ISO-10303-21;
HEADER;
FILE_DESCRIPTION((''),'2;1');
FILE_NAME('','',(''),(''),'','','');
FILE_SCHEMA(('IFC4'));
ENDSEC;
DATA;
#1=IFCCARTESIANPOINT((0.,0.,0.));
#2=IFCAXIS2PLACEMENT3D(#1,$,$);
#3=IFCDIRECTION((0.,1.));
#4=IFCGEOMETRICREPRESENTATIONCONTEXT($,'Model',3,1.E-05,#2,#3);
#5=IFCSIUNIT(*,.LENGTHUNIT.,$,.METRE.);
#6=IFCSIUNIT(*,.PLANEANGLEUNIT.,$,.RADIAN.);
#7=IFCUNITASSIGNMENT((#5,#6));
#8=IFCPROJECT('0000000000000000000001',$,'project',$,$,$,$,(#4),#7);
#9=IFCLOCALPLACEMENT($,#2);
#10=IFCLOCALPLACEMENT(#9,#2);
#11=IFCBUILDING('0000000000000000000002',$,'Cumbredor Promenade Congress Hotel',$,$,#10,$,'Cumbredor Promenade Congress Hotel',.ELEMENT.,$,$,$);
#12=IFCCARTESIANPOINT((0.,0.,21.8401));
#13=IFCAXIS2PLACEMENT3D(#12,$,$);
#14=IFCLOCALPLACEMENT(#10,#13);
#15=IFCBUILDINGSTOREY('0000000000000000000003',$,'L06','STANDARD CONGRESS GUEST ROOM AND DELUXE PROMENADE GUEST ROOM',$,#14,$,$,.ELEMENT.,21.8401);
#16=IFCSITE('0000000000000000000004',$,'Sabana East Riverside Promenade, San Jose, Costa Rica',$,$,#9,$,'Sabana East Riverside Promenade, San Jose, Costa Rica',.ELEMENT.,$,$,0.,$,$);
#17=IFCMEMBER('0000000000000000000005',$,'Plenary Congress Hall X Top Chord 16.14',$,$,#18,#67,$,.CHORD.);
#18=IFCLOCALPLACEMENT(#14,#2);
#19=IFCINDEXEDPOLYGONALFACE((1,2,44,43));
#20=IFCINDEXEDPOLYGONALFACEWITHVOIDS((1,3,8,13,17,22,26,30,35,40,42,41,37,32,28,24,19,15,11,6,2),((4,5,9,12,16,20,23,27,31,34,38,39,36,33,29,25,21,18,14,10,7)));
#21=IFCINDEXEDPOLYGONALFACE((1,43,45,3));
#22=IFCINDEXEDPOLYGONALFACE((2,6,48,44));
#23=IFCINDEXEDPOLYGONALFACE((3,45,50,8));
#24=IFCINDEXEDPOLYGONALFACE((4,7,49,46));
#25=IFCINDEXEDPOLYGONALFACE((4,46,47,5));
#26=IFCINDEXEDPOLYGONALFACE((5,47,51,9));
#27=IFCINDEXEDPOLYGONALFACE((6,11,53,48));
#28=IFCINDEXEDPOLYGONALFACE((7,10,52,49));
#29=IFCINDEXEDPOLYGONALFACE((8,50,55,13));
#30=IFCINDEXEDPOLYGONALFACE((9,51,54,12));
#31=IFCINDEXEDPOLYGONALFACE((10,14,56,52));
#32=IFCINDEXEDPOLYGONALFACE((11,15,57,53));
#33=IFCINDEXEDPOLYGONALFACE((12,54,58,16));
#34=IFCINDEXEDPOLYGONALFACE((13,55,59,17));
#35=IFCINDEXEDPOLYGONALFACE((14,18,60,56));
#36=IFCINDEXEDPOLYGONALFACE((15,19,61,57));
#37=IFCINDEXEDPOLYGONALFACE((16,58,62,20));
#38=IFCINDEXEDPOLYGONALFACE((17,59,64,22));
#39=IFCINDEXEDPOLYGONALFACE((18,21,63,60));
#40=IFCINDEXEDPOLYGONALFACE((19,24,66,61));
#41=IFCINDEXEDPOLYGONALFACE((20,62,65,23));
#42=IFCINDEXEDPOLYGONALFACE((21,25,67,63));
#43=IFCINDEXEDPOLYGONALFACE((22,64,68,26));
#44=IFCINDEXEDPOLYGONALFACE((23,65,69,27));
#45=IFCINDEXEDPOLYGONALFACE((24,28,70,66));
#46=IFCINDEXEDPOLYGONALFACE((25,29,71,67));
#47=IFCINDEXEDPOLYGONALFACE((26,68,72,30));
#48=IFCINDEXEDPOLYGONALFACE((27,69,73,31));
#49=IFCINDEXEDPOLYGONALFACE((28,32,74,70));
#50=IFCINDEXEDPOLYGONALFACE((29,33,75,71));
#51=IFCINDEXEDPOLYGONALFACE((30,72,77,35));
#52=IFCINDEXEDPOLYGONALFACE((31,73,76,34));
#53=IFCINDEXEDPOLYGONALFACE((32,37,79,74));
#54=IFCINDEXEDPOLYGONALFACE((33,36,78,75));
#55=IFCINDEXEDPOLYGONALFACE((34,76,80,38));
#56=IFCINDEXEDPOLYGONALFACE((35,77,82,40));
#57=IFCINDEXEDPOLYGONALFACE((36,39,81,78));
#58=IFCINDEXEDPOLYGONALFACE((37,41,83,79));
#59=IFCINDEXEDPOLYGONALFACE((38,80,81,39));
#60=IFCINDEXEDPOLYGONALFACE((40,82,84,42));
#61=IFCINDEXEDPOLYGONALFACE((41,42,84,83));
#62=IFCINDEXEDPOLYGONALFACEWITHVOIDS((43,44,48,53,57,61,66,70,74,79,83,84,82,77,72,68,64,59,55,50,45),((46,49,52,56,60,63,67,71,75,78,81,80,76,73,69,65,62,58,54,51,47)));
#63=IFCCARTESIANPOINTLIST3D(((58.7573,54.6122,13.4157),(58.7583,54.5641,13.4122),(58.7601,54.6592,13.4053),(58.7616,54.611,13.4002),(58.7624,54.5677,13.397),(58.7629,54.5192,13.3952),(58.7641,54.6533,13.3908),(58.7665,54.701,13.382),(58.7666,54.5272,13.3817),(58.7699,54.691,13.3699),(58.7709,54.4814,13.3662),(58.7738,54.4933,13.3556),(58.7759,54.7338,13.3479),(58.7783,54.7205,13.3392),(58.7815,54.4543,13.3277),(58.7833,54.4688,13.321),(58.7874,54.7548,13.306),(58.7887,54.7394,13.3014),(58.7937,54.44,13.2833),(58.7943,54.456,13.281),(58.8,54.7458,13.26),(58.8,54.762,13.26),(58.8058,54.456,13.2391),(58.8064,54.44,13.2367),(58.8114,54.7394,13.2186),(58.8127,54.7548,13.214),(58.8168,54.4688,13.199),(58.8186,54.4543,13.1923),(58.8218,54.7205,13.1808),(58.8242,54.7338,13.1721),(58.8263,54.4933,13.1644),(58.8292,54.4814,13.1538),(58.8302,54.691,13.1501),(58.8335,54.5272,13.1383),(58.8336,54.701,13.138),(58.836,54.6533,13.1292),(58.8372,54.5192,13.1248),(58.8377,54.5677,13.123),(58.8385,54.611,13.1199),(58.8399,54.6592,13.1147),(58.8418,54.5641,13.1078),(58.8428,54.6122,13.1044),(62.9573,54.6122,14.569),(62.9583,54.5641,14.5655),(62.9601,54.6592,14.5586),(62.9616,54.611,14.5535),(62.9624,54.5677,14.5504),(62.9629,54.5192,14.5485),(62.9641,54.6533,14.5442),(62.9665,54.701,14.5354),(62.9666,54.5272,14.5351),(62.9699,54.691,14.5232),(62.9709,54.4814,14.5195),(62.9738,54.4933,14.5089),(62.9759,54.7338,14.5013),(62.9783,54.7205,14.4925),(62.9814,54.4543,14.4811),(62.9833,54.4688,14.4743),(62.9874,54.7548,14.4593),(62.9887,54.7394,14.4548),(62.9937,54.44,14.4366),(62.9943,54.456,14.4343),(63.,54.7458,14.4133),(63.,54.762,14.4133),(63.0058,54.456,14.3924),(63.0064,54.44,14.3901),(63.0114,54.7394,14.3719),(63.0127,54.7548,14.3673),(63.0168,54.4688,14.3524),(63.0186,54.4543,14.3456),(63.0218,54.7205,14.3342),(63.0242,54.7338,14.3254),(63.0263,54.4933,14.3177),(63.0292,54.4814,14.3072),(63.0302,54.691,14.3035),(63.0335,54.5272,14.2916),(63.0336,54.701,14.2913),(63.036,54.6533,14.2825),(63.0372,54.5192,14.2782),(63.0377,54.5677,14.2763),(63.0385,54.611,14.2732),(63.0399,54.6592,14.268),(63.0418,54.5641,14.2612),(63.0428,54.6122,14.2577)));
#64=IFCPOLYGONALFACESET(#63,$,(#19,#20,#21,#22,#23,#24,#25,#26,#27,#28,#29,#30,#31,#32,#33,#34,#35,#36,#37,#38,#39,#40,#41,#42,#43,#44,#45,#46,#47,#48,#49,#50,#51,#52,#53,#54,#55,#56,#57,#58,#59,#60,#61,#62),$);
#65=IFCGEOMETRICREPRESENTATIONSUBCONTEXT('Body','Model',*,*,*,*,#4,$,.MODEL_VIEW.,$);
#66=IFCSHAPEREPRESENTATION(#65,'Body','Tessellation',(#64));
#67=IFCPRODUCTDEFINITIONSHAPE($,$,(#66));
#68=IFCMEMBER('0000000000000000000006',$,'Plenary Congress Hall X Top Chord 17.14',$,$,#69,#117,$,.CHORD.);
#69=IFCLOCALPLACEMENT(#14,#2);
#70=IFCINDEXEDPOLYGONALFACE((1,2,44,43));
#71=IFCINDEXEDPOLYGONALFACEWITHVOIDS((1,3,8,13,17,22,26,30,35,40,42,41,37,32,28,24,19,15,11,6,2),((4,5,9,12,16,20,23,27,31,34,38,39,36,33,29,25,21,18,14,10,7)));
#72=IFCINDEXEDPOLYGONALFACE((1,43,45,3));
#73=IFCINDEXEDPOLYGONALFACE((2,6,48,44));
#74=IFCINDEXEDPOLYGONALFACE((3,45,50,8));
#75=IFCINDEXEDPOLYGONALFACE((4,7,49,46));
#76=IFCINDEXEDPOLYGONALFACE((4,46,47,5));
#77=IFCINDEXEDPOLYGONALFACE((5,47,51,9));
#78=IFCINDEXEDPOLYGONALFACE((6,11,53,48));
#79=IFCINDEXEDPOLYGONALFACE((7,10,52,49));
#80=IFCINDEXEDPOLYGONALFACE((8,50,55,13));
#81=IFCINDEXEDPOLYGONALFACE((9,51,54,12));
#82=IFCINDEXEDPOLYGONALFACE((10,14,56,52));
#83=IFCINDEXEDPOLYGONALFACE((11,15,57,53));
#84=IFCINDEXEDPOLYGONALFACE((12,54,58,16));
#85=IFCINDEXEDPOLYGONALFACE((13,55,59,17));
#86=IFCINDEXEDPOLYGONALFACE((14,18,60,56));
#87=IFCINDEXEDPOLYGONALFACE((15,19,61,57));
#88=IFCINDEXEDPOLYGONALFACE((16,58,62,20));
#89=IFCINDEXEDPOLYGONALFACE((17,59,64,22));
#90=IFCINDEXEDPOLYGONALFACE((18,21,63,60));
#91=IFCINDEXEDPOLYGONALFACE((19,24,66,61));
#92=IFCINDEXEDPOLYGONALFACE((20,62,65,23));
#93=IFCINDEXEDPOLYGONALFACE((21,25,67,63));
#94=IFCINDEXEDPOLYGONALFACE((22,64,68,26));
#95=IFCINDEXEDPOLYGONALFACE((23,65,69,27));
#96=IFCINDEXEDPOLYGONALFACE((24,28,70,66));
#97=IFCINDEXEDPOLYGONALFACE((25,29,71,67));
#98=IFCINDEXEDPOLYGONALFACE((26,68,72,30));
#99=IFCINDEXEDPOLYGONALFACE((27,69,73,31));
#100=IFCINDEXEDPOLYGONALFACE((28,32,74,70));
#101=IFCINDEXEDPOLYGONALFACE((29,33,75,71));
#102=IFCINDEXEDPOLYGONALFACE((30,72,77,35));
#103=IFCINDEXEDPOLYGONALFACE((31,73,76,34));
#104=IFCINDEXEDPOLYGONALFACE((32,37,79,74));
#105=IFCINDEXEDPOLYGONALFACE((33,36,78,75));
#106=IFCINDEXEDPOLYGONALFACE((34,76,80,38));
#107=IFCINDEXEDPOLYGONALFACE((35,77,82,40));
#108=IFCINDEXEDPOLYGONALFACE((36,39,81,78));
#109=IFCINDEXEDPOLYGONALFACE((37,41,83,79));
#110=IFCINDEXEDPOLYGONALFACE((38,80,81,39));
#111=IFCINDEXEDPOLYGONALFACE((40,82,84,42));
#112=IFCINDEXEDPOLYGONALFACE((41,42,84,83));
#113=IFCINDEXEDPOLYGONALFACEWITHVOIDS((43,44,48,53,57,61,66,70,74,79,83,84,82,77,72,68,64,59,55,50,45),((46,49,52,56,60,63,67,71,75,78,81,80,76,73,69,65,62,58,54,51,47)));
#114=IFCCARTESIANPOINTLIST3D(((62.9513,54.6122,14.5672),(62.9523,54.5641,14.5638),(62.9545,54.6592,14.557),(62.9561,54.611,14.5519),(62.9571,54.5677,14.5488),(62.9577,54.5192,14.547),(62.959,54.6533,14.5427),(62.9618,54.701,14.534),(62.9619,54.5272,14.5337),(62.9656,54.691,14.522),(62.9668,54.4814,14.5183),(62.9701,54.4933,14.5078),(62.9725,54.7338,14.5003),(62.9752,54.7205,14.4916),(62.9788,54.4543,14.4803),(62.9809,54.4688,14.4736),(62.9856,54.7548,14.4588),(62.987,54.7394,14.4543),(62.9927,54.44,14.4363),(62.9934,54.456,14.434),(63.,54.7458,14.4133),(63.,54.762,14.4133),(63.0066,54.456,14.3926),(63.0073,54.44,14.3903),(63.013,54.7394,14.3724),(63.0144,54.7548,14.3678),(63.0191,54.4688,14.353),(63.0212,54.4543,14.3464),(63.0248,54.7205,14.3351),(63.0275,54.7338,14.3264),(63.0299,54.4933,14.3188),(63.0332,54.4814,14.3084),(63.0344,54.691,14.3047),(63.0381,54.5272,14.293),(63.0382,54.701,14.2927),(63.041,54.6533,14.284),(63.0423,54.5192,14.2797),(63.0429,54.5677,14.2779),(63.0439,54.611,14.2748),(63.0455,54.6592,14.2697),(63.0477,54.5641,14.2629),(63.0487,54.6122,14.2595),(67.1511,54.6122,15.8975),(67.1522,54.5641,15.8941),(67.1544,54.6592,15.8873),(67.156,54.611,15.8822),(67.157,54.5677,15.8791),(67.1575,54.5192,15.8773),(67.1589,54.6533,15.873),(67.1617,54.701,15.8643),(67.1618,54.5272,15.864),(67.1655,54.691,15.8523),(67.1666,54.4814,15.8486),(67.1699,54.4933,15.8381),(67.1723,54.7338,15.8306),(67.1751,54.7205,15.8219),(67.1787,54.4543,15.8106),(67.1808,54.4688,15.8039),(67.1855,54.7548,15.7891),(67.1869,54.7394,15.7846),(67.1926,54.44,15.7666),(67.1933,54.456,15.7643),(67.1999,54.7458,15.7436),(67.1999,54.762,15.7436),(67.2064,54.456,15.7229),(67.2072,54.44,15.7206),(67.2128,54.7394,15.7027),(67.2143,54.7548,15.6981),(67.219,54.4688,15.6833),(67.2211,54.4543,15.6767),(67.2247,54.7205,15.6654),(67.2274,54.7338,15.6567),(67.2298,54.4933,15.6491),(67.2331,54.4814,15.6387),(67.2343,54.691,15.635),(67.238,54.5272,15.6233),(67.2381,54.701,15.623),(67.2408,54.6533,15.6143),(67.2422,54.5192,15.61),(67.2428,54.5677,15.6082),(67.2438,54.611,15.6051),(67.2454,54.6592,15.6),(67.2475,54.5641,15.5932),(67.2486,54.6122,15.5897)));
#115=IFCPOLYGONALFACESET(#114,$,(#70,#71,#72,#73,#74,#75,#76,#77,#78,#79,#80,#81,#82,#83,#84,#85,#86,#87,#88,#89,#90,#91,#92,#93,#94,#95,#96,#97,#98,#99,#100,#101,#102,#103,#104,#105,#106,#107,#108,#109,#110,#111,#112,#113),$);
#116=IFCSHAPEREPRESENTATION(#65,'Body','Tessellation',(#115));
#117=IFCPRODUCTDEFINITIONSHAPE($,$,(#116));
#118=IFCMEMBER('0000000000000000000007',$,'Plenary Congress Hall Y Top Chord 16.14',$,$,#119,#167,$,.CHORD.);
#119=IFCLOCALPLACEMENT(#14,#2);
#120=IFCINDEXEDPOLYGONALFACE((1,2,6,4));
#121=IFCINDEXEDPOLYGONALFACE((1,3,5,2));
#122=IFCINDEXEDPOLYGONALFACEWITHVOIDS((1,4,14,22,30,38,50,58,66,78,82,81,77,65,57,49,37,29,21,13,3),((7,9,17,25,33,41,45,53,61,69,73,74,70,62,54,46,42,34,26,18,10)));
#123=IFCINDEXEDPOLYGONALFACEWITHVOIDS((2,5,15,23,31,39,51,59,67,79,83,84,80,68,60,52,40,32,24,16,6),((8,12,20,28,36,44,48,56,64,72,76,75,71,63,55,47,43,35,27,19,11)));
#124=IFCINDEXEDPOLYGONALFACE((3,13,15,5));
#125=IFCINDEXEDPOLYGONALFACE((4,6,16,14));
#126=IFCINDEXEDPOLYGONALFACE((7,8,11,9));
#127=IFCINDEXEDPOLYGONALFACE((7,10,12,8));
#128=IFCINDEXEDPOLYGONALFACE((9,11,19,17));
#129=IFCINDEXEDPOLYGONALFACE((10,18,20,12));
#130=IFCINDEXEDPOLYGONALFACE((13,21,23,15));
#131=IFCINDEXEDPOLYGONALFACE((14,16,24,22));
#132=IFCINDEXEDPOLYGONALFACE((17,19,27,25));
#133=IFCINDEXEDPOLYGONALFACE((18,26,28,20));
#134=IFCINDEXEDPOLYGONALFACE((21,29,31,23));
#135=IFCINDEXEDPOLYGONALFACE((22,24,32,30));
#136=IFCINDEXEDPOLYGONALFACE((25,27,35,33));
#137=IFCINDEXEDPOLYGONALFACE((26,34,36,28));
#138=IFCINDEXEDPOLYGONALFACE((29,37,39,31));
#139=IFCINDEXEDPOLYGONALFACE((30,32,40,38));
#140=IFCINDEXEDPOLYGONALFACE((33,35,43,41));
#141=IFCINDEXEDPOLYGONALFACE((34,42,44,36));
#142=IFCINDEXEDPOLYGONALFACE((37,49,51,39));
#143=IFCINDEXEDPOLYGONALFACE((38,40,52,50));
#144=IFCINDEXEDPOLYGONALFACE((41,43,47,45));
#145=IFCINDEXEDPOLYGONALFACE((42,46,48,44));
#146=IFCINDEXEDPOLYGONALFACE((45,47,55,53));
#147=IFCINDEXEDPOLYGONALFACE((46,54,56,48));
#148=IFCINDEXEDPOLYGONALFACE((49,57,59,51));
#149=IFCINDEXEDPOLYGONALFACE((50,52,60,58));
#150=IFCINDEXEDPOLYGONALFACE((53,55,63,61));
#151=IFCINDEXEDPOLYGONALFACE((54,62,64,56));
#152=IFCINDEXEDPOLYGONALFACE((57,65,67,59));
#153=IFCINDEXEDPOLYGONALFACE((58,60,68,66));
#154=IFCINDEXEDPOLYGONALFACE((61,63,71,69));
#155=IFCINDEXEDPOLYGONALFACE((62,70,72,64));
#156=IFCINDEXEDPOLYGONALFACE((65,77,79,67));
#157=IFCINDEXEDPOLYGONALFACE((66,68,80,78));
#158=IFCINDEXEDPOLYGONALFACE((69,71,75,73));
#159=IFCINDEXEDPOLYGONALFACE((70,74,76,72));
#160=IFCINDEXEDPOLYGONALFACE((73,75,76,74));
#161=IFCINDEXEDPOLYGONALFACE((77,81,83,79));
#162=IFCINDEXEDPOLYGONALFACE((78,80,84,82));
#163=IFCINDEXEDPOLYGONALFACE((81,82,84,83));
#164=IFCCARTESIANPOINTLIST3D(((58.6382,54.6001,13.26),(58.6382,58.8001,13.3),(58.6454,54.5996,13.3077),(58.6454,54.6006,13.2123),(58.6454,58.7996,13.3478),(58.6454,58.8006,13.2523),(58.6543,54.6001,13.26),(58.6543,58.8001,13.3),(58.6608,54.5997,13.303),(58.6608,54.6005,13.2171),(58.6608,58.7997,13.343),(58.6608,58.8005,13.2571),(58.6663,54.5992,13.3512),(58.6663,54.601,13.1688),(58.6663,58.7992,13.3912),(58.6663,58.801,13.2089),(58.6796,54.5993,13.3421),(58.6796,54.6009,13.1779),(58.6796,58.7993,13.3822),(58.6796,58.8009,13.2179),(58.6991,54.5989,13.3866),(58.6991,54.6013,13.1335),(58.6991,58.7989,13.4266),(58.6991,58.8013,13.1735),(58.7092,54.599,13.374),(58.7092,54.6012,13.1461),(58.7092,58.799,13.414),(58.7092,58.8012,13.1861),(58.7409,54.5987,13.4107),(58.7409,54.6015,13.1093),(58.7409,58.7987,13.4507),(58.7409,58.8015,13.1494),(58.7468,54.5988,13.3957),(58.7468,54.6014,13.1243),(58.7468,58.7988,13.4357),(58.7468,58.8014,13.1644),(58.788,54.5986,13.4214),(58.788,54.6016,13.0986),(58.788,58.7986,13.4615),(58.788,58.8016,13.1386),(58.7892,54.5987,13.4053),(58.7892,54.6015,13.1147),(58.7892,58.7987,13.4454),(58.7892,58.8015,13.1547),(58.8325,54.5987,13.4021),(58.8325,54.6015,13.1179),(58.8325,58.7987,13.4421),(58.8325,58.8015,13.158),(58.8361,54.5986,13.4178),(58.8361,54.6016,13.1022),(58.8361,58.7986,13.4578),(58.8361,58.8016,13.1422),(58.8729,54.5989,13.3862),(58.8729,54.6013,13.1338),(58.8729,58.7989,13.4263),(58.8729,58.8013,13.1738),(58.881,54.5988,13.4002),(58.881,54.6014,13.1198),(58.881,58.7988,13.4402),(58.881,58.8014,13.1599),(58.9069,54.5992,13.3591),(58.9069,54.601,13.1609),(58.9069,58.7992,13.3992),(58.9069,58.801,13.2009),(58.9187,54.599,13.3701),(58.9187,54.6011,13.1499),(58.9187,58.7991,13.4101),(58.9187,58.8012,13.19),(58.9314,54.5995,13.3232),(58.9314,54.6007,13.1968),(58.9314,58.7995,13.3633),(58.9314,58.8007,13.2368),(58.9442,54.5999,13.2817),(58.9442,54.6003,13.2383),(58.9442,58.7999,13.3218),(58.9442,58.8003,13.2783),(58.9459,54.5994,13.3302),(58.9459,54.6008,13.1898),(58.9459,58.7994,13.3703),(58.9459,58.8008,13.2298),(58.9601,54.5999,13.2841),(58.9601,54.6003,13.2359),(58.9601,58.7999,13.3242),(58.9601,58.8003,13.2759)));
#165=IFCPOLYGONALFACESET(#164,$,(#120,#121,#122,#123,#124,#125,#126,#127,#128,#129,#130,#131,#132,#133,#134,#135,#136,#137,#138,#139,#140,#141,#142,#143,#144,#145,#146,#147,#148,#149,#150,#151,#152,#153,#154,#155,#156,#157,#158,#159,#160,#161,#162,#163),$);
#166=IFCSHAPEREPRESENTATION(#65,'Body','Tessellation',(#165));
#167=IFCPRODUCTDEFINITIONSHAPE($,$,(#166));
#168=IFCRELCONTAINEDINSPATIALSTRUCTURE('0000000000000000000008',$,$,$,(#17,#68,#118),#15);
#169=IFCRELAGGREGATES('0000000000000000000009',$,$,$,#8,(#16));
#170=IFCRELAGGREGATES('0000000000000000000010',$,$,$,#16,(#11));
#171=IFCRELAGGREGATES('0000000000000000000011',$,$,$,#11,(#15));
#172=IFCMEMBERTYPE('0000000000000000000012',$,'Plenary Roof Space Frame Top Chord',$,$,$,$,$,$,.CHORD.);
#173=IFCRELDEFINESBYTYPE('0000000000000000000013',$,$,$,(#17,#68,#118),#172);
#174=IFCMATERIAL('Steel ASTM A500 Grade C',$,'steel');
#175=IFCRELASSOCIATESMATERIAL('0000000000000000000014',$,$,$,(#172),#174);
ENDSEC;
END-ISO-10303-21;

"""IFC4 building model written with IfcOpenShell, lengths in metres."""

from ifc_helpers import new_model, si_unit, direction, frame, origin, origin_2d, place, context, subcontext, project, spatial, hollow_circle, extrude, material, material_profile, profile_set, type_object, element, save


model = new_model("IFC4")

# Units and contexts
model_context = context("Model", 3, precision=1e-05, world=origin(), true_north=direction((0.0, 1.0)))
body_context = subcontext(model_context, "Body", "Model", "MODEL_VIEW")
ifc_project = project(units=[si_unit("LENGTHUNIT", "METRE"), si_unit("PLANEANGLEUNIT", "RADIAN")], contexts=[model_context])

# Site, building, storey
site_placement = place(None, origin())
site = spatial("IfcSite", under=ifc_project, at=site_placement, Name="Sabana East Riverside Promenade, San Jose, Costa Rica", LongName="Sabana East Riverside Promenade, San Jose, Costa Rica", CompositionType="ELEMENT", RefElevation=0.0)
building_placement = place(site_placement, origin())
building = spatial("IfcBuilding", under=site, at=building_placement, Name="Cumbredor Promenade Congress Hotel", LongName="Cumbredor Promenade Congress Hotel", CompositionType="ELEMENT")
storey_placement = place(building_placement, frame((0.0, 0.0, 21.8401)))
storey = spatial("IfcBuildingStorey", under=building, at=storey_placement, Name="L06", Description="STANDARD CONGRESS GUEST ROOM AND DELUXE PROMENADE GUEST ROOM", CompositionType="ELEMENT", Elevation=21.8401)

# Members
ifc_material_1 = material(Name="Steel ASTM A500 Grade C", Category="steel")
ifc_material_profile_1 = material_profile(ifc_material_1, hollow_circle(Radius=0.1619, WallThickness=0.0161, at=origin_2d()), Name="CHS 323.9x16")
ifc_profile_set_1 = profile_set([ifc_material_profile_1], Name="Steel ASTM A500 Grade C")
member_type_1 = type_object("IfcMemberType", Name="Plenary Roof Space Frame Top Chord", PredefinedType="CHORD", material=ifc_profile_set_1)
member_1_placement = place(storey_placement, frame((58.8, 54.6001, 13.26), z_axis=(0.964303, 0.0, 0.264801), x_axis=(0.0, 1.0, 0.0)))
element("IfcMember", 1, at=member_1_placement, inside=storey, type_object=member_type_1, Name="Plenary Congress Hall X Top Chord 16.14", PredefinedType="CHORD", context=body_context, shape_type="SweptSolid", body=[
    extrude(hollow_circle(Radius=0.1619, WallThickness=0.0161, at=origin_2d()), origin(), (0.0, 0.0, 1.0), 4.3555),
])
member_2_placement = place(storey_placement, frame((63.0, 54.6001, 14.4133), z_axis=(0.95332, 0.0, 0.301961), x_axis=(0.0, 1.0, 0.0)))
element("IfcMember", 2, at=member_2_placement, inside=storey, type_object=member_type_1, Name="Plenary Congress Hall X Top Chord 17.14", PredefinedType="CHORD", context=body_context, shape_type="SweptSolid", body=[
    extrude(hollow_circle(Radius=0.1619, WallThickness=0.0161, at=origin_2d()), origin(), (0.0, 0.0, 1.0), 4.4055),
])
member_3_placement = place(storey_placement, frame((58.8, 54.6001, 13.26), z_axis=(0.0, 0.999955, 0.009533), x_axis=(-1.0, 0.0, 0.0)))
element("IfcMember", 3, at=member_3_placement, inside=storey, type_object=member_type_1, Name="Plenary Congress Hall Y Top Chord 16.14", PredefinedType="CHORD", context=body_context, shape_type="SweptSolid", body=[
    extrude(hollow_circle(Radius=0.1619, WallThickness=0.0161, at=origin_2d()), origin(), (0.0, 0.0, 1.0), 4.2002),
])

save(model, "model.ifc")
